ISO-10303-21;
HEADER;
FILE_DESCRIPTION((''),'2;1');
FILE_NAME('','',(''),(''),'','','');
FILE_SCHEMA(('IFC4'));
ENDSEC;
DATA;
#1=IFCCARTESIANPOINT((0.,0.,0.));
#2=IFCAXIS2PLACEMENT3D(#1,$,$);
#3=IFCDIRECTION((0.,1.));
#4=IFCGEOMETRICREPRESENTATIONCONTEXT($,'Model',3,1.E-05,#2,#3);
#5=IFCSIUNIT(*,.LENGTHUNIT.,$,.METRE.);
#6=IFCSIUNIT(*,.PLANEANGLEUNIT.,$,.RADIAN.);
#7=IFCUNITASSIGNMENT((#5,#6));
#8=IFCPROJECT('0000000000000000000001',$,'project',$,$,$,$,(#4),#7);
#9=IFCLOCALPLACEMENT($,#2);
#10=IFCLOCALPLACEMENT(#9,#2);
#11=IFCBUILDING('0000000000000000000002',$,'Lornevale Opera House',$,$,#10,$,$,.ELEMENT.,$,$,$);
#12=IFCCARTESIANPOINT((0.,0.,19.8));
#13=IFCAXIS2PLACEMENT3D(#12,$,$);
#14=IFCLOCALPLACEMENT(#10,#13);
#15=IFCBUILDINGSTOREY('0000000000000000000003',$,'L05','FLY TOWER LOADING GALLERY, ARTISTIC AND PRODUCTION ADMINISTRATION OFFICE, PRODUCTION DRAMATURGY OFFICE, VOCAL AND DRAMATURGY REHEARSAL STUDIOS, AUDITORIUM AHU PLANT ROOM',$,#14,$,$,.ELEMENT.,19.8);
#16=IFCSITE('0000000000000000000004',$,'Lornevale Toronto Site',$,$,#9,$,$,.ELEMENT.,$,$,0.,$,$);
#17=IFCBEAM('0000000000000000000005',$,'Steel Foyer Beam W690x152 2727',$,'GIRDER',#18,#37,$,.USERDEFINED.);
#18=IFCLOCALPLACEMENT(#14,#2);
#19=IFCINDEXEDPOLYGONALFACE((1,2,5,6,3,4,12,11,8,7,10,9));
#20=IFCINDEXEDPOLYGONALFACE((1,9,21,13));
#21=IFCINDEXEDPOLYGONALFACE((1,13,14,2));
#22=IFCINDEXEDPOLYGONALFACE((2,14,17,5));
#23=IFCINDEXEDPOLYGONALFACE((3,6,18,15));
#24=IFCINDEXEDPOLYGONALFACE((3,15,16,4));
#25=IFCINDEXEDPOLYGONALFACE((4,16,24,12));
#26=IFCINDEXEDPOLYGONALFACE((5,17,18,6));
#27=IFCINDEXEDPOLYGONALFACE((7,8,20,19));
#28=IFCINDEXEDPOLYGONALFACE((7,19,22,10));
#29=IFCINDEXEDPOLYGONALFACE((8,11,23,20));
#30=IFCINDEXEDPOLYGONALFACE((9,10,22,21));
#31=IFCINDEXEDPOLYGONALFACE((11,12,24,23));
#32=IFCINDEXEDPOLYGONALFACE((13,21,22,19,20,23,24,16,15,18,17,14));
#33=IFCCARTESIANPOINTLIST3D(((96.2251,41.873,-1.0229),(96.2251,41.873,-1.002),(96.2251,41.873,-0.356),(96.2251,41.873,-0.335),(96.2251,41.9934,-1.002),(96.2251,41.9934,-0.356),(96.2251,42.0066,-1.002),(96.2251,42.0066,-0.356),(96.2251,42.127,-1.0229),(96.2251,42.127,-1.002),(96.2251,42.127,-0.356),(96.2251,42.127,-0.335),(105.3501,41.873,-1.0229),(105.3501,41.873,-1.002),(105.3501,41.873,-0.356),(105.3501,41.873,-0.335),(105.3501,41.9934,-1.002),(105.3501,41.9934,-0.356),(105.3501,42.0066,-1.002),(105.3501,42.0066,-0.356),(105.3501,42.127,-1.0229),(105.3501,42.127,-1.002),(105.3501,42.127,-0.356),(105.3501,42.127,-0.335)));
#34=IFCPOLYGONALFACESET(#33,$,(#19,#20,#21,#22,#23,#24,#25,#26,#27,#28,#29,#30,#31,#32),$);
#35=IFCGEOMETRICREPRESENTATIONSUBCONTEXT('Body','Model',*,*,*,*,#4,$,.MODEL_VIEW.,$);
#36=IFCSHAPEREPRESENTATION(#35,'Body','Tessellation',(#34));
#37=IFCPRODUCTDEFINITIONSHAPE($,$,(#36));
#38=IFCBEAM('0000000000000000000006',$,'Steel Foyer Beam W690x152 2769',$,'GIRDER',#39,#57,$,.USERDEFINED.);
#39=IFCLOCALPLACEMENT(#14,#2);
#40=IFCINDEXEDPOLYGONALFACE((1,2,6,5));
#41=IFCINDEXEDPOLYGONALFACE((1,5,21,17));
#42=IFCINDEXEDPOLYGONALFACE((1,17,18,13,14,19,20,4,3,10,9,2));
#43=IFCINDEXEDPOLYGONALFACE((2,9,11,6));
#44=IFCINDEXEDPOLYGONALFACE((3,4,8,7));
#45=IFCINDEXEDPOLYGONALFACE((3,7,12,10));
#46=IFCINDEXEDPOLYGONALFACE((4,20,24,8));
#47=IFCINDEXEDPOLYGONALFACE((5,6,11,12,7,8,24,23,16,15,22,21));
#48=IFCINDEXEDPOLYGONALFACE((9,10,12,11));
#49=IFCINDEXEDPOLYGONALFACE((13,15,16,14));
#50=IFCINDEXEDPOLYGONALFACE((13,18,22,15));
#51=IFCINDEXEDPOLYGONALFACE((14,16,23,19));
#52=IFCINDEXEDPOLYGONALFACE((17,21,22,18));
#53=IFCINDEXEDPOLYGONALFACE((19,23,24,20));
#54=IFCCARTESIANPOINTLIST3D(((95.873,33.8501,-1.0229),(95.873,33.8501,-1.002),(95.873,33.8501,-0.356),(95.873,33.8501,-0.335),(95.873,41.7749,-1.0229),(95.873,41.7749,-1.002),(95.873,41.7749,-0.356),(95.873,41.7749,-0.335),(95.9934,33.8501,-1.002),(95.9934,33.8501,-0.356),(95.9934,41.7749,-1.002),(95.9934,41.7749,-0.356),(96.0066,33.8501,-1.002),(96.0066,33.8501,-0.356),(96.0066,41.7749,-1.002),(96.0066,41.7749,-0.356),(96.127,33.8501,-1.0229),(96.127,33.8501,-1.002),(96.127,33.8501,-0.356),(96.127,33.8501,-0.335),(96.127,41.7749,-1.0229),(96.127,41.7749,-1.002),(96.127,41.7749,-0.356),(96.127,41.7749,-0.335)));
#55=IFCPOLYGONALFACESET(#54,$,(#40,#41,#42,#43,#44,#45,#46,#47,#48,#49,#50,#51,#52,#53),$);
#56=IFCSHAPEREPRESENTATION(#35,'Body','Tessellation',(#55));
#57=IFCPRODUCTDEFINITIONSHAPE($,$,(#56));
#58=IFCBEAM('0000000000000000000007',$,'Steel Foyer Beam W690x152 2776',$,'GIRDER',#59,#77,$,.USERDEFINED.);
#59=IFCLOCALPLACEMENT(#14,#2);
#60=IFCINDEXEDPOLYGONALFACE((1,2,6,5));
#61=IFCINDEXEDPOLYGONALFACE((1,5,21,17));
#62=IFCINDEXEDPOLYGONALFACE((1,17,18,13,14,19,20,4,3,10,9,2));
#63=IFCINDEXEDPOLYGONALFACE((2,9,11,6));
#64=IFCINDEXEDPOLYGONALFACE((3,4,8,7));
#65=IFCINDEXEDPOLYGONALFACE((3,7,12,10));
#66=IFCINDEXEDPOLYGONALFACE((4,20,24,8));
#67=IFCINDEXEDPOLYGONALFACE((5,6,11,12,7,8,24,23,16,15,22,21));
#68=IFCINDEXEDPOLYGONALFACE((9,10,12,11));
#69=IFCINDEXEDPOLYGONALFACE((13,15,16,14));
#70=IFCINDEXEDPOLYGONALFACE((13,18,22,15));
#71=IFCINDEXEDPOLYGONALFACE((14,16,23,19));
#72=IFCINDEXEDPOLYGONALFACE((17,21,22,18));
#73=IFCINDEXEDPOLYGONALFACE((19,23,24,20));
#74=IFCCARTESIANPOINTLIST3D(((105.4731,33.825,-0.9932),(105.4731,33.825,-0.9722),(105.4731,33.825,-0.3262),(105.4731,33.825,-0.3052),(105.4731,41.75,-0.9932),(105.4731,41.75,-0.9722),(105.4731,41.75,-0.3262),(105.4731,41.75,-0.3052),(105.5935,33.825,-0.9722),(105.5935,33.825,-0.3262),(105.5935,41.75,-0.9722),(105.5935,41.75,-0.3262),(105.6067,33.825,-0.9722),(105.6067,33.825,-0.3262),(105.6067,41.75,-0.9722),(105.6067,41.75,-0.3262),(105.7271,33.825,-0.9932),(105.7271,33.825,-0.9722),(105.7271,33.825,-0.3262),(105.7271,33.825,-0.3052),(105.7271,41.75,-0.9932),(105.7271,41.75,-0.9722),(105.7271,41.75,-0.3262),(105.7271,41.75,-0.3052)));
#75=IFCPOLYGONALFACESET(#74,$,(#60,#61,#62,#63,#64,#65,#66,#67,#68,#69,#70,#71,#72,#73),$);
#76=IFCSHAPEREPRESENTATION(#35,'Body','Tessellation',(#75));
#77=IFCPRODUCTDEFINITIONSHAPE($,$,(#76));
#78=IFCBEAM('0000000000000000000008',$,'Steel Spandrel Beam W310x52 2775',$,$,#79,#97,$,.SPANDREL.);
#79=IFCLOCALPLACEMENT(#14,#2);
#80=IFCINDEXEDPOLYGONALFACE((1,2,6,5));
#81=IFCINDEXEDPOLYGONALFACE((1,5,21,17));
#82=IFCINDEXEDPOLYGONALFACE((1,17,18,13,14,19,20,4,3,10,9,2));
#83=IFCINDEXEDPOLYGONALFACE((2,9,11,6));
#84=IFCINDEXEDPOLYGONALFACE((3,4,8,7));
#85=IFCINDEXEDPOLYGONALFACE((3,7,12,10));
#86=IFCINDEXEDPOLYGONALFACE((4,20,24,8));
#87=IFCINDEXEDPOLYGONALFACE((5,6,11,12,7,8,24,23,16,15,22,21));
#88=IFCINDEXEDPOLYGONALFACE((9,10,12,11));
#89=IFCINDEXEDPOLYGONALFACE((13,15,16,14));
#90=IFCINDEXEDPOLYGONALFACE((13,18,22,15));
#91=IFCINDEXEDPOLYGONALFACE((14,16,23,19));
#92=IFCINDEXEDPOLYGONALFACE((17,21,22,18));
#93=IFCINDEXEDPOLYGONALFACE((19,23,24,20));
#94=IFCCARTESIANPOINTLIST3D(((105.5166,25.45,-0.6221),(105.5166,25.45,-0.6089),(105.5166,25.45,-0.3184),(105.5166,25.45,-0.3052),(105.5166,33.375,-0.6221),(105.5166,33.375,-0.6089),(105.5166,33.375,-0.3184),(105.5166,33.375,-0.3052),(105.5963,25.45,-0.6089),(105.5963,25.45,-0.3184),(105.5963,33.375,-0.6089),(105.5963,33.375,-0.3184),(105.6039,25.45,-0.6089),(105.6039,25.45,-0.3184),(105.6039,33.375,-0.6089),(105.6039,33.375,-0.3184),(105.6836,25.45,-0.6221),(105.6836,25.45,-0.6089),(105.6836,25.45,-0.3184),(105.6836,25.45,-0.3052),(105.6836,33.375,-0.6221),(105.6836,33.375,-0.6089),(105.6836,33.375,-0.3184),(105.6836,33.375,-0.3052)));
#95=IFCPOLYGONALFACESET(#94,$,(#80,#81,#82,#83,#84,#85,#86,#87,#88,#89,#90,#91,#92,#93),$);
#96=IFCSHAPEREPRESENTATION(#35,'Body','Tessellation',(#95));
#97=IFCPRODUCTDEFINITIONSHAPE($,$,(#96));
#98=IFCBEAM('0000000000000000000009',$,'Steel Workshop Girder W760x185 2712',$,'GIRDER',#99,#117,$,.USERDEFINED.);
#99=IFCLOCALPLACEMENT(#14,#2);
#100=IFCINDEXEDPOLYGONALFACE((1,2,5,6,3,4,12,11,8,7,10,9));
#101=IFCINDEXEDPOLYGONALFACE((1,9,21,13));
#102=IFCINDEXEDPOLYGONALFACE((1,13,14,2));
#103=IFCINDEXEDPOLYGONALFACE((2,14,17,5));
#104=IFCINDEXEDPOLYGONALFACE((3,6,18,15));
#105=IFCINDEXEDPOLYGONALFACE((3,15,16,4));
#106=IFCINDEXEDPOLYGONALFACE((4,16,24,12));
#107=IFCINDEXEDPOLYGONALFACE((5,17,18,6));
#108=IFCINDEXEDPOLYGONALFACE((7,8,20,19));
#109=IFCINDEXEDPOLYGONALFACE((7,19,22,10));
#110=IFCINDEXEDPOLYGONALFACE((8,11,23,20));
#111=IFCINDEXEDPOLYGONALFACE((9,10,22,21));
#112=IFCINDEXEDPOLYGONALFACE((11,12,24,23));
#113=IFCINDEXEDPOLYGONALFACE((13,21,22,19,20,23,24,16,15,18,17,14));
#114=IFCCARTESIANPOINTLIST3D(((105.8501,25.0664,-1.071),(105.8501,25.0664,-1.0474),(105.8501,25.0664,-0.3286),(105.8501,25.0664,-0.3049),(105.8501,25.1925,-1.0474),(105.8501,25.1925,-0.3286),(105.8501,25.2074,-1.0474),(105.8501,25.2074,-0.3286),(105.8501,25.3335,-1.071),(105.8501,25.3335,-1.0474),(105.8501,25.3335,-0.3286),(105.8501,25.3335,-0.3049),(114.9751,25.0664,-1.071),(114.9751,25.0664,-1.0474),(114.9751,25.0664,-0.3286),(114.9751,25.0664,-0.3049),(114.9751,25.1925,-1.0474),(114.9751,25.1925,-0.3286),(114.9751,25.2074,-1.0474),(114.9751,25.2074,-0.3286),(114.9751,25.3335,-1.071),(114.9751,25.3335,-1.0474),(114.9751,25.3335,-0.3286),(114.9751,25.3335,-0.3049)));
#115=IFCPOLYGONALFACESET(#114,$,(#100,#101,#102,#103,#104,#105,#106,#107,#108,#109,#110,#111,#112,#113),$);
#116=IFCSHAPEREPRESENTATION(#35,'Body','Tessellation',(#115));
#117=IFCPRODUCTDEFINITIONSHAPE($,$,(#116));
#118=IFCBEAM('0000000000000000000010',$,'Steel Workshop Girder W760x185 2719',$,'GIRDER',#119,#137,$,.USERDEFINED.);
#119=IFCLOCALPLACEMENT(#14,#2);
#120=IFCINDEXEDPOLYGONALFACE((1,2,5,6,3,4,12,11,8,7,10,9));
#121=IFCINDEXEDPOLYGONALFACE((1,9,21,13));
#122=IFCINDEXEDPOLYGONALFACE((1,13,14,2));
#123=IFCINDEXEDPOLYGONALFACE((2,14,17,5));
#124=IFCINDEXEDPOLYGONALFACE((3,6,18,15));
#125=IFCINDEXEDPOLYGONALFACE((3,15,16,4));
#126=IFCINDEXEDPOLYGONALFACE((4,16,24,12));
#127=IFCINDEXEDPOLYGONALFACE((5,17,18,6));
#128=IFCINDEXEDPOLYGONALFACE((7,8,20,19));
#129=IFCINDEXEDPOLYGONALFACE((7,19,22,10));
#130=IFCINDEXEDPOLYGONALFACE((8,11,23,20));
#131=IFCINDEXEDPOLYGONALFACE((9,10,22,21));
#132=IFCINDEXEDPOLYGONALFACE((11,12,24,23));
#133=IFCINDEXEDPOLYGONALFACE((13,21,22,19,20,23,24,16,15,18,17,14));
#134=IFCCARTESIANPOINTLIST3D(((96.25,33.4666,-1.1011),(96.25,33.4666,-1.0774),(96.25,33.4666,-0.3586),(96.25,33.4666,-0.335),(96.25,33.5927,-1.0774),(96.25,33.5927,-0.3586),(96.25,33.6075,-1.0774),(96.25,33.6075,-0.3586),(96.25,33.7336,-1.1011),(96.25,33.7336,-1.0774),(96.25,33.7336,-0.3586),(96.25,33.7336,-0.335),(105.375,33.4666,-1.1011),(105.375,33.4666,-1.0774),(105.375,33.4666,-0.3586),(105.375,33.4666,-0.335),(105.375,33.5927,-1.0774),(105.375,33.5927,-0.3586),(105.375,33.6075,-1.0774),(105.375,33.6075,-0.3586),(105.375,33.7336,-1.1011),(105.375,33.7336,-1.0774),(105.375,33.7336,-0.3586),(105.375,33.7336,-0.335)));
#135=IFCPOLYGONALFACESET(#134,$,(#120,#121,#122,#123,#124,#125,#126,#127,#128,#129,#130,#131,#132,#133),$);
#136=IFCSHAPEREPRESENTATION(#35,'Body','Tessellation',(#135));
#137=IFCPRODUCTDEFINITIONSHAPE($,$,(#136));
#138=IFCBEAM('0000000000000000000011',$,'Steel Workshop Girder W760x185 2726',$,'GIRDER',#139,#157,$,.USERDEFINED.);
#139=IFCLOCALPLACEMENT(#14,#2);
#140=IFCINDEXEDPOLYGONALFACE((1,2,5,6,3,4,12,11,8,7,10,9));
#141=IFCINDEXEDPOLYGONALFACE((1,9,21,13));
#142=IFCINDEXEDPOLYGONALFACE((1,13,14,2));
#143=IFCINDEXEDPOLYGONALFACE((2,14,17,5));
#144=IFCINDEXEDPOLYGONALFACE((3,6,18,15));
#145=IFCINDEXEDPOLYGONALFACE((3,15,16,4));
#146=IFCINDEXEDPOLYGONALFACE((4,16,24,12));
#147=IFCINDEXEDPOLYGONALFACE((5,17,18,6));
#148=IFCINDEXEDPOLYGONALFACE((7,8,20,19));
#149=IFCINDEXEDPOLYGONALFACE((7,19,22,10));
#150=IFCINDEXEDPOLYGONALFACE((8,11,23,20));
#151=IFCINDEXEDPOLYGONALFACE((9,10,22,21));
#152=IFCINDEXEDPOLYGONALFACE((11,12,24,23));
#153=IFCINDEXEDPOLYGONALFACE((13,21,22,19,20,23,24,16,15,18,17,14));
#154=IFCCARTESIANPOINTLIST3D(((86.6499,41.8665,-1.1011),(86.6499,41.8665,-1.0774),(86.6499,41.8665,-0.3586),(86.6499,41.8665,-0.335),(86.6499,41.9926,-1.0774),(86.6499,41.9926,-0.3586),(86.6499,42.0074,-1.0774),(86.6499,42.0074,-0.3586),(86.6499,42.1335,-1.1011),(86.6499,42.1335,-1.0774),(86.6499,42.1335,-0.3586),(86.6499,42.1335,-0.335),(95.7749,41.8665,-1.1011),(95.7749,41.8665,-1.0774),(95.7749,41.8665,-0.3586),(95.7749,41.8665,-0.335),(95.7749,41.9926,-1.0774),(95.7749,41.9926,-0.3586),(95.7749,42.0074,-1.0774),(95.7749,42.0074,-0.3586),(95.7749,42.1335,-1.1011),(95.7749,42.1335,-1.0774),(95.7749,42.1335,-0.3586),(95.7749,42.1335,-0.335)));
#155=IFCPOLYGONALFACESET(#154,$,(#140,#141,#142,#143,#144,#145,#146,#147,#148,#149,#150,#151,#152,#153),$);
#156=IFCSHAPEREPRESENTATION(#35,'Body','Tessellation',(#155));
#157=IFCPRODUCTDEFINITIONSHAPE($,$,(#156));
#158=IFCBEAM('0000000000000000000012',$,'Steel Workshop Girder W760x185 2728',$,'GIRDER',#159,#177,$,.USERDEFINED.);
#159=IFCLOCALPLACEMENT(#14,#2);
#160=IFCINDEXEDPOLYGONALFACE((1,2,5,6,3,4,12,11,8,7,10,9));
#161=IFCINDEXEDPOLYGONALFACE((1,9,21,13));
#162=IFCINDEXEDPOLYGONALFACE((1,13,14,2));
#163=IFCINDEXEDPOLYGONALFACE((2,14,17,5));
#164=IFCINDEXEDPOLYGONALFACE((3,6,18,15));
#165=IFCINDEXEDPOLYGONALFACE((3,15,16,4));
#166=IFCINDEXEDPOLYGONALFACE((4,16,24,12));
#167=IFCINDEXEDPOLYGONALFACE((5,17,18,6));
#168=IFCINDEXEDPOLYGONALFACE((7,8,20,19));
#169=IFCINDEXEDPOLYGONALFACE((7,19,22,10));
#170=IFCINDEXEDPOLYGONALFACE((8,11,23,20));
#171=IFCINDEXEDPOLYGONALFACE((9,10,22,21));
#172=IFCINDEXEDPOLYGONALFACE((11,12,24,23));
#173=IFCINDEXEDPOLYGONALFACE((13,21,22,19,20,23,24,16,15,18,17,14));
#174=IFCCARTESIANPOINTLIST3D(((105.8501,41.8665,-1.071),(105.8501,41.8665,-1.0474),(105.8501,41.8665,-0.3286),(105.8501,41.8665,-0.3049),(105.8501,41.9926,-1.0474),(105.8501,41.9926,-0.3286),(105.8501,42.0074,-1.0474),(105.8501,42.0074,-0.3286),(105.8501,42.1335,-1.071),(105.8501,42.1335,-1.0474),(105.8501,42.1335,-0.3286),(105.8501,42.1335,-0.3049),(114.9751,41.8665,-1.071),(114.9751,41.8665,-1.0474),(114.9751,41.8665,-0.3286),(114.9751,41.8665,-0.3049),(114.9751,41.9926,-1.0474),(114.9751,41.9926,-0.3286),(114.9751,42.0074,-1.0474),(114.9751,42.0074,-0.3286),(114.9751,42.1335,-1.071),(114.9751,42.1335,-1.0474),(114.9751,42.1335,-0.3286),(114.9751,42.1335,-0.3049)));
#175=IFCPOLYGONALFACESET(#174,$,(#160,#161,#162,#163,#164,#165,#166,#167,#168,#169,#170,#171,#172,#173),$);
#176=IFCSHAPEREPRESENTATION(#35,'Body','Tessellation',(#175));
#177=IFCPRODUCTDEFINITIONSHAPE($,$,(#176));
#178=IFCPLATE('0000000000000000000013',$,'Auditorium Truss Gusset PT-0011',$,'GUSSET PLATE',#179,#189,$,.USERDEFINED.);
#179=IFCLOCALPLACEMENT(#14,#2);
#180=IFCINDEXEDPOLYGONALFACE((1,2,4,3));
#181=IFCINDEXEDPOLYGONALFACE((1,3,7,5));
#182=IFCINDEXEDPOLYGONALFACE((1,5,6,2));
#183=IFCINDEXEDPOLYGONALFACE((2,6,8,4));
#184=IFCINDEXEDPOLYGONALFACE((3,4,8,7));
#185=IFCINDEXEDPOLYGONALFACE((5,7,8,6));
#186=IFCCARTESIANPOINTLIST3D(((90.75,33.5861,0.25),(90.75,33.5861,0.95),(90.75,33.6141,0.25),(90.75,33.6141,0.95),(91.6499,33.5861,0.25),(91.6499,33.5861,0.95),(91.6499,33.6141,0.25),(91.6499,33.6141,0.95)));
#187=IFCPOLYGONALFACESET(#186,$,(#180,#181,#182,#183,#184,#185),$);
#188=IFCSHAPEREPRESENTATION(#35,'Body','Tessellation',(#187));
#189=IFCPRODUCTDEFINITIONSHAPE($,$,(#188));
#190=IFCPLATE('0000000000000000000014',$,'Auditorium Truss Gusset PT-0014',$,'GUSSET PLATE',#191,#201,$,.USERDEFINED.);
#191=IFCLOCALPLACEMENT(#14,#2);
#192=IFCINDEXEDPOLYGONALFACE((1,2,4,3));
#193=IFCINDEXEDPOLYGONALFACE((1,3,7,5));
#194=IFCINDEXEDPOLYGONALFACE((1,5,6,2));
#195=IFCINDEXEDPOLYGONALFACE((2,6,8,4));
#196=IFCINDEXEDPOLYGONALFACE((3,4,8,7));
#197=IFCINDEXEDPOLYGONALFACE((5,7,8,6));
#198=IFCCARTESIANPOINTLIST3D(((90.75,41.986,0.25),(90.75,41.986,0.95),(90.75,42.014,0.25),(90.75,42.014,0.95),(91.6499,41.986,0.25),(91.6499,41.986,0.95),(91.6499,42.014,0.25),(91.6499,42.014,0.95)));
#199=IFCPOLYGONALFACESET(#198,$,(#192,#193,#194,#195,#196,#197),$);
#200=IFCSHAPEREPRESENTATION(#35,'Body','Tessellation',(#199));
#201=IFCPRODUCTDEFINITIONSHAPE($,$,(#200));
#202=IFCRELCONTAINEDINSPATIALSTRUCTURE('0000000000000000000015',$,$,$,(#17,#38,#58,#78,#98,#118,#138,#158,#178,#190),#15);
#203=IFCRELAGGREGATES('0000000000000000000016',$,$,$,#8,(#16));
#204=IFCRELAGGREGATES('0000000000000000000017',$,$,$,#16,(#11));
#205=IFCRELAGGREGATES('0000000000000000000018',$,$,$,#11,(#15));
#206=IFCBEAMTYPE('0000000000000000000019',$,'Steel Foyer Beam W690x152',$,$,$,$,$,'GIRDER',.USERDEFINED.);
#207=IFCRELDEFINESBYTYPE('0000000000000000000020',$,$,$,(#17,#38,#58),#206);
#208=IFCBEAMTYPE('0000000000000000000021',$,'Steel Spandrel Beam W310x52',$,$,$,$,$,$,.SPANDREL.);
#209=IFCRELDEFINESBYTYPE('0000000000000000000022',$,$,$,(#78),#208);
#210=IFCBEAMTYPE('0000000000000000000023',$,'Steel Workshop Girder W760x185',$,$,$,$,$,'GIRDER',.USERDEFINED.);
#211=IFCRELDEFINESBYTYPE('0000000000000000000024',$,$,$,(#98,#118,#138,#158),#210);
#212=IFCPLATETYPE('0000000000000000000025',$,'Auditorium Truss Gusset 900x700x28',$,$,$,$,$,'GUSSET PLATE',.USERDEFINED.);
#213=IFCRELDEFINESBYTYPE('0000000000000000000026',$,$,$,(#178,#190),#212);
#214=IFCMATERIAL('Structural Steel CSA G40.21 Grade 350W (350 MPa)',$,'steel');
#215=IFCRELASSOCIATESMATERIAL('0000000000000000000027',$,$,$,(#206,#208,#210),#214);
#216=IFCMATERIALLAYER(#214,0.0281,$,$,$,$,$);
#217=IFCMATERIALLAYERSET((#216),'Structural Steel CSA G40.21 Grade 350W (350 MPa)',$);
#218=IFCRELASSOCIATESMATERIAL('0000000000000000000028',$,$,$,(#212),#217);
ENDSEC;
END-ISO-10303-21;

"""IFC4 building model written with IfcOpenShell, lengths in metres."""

from ifc_helpers import new_model, si_unit, direction, frame, origin, origin_2d, place, context, subcontext, project, spatial, rectangle, i_section, extrude, material, layer, layer_set, material_profile, profile_set, type_object, element, save


model = new_model("IFC4")

# Units and contexts
model_context = context("Model", 3, precision=1e-05, world=origin(), true_north=direction((0.0, 1.0)))
body_context = subcontext(model_context, "Body", "Model", "MODEL_VIEW")
ifc_project = project(units=[si_unit("LENGTHUNIT", "METRE"), si_unit("PLANEANGLEUNIT", "RADIAN")], contexts=[model_context])

# Site, building, storey
site_placement = place(None, origin())
site = spatial("IfcSite", under=ifc_project, at=site_placement, Name="Lornevale Toronto Site", CompositionType="ELEMENT", RefElevation=0.0)
building_placement = place(site_placement, origin())
building = spatial("IfcBuilding", under=site, at=building_placement, Name="Lornevale Opera House", CompositionType="ELEMENT")
storey_placement = place(building_placement, frame((0.0, 0.0, 19.8)))
storey = spatial("IfcBuildingStorey", under=building, at=storey_placement, Name="L05", Description="FLY TOWER LOADING GALLERY, ARTISTIC AND PRODUCTION ADMINISTRATION OFFICE, PRODUCTION DRAMATURGY OFFICE, VOCAL AND DRAMATURGY REHEARSAL STUDIOS, AUDITORIUM AHU PLANT ROOM", CompositionType="ELEMENT", Elevation=19.8)

# Shared definitions
ifc_material_1 = material(Name="Structural Steel CSA G40.21 Grade 350W (350 MPa)", Category="steel")

# Beams
ifc_material_profile_1 = material_profile(ifc_material_1, i_section(OverallWidth=0.2539, OverallDepth=0.688, WebThickness=0.0132, FlangeThickness=0.021, at=origin_2d()), Name="W690x152")
ifc_profile_set_1 = profile_set([ifc_material_profile_1], Name="Structural Steel CSA G40.21 Grade 350W (350 MPa)")
beam_type_1 = type_object("IfcBeamType", Name="Steel Foyer Beam W690x152", ElementType="GIRDER", PredefinedType="USERDEFINED", material=ifc_profile_set_1)
for number, where, z_axis, x_axis, name in (
    (1, (96.2251, 42.0, -0.679), (1.0, 0.0, 0.0), (0.0, 1.0, 0.0), "Steel Foyer Beam W690x152 2727"),
):
    element("IfcBeam", number, at=place(storey_placement, frame(where, z_axis=z_axis, x_axis=x_axis)), inside=storey, type_object=beam_type_1, Name=name, ObjectType="GIRDER", PredefinedType="USERDEFINED", context=body_context, shape_type="SweptSolid", body=[
        extrude(i_section(OverallWidth=0.2539, OverallDepth=0.688, WebThickness=0.0132, FlangeThickness=0.021, at=origin_2d()), origin(), (0.0, 0.0, 1.0), 9.125),
    ])
beam_1_placement = place(storey_placement, frame((96.0, 33.8501, -0.679), z_axis=(0.0, 1.0, 0.0), x_axis=(-1.0, 0.0, 0.0)))
element("IfcBeam", 2, at=beam_1_placement, inside=storey, type_object=beam_type_1, Name="Steel Foyer Beam W690x152 2769", ObjectType="GIRDER", PredefinedType="USERDEFINED", context=body_context, shape_type="SweptSolid", body=[
    extrude(i_section(OverallWidth=0.2539, OverallDepth=0.688, WebThickness=0.0132, FlangeThickness=0.021, at=origin_2d()), origin(), (0.0, 0.0, 1.0), 7.9248),
])
beam_2_placement = place(storey_placement, frame((105.6001, 33.825, -0.6492), z_axis=(0.0, 1.0, 0.0), x_axis=(-1.0, 0.0, 0.0)))
element("IfcBeam", 3, at=beam_2_placement, inside=storey, type_object=beam_type_1, Name="Steel Foyer Beam W690x152 2776", ObjectType="GIRDER", PredefinedType="USERDEFINED", context=body_context, shape_type="SweptSolid", body=[
    extrude(i_section(OverallWidth=0.2539, OverallDepth=0.688, WebThickness=0.0132, FlangeThickness=0.021, at=origin_2d()), origin(), (0.0, 0.0, 1.0), 7.925),
])
ifc_material_profile_2 = material_profile(ifc_material_1, i_section(OverallWidth=0.167, OverallDepth=0.3169, WebThickness=0.0076, FlangeThickness=0.0132, at=origin_2d()), Name="W310x52")
ifc_profile_set_2 = profile_set([ifc_material_profile_2], Name="Structural Steel CSA G40.21 Grade 350W (350 MPa)")
beam_type_2 = type_object("IfcBeamType", Name="Steel Spandrel Beam W310x52", PredefinedType="SPANDREL", material=ifc_profile_set_2)
beam_3_placement = place(storey_placement, frame((105.6001, 25.45, -0.4636), z_axis=(0.0, 1.0, 0.0), x_axis=(-1.0, 0.0, 0.0)))
element("IfcBeam", 4, at=beam_3_placement, inside=storey, type_object=beam_type_2, Name="Steel Spandrel Beam W310x52 2775", PredefinedType="SPANDREL", context=body_context, shape_type="SweptSolid", body=[
    extrude(i_section(OverallWidth=0.167, OverallDepth=0.3169, WebThickness=0.0076, FlangeThickness=0.0132, at=origin_2d()), origin(), (0.0, 0.0, 1.0), 7.925),
])
ifc_material_profile_3 = material_profile(ifc_material_1, i_section(OverallWidth=0.2671, OverallDepth=0.7661, WebThickness=0.0149, FlangeThickness=0.0237, at=origin_2d()), Name="W760x185")
ifc_profile_set_3 = profile_set([ifc_material_profile_3], Name="Structural Steel CSA G40.21 Grade 350W (350 MPa)")
beam_type_3 = type_object("IfcBeamType", Name="Steel Workshop Girder W760x185", ElementType="GIRDER", PredefinedType="USERDEFINED", material=ifc_profile_set_3)
for number, where, z_axis, x_axis, name in (
    (5, (105.8501, 25.2, -0.688), (1.0, 0.0, 0.0), (0.0, 1.0, 0.0), "Steel Workshop Girder W760x185 2712"),
    (6, (96.25, 33.6001, -0.718), (1.0, 0.0, 0.0), (0.0, 1.0, 0.0), "Steel Workshop Girder W760x185 2719"),
    (7, (86.6499, 42.0, -0.718), (1.0, 0.0, 0.0), (0.0, 1.0, 0.0), "Steel Workshop Girder W760x185 2726"),
    (8, (105.8501, 42.0, -0.688), (1.0, 0.0, 0.0), (0.0, 1.0, 0.0), "Steel Workshop Girder W760x185 2728"),
):
    element("IfcBeam", number, at=place(storey_placement, frame(where, z_axis=z_axis, x_axis=x_axis)), inside=storey, type_object=beam_type_3, Name=name, ObjectType="GIRDER", PredefinedType="USERDEFINED", context=body_context, shape_type="SweptSolid", body=[
        extrude(i_section(OverallWidth=0.2671, OverallDepth=0.7661, WebThickness=0.0149, FlangeThickness=0.0237, at=origin_2d()), origin(), (0.0, 0.0, 1.0), 9.125),
    ])

# Plates
ifc_layer_1 = layer(ifc_material_1, 0.0281)
ifc_layer_set_1 = layer_set([ifc_layer_1], Name="Structural Steel CSA G40.21 Grade 350W (350 MPa)")
plate_type = type_object("IfcPlateType", Name="Auditorium Truss Gusset 900x700x28", ElementType="GUSSET PLATE", PredefinedType="USERDEFINED", material=ifc_layer_set_1)
for number, where, z_axis, x_axis, name in (
    (9, (91.2, 33.6001, 0.25), (0.0, 0.0, 1.0), (1.0, 0.0, 0.0), "Auditorium Truss Gusset PT-0011"),
    (10, (91.2, 42.0, 0.25), (0.0, 0.0, 1.0), (1.0, 0.0, 0.0), "Auditorium Truss Gusset PT-0014"),
):
    element("IfcPlate", number, at=place(storey_placement, frame(where, z_axis=z_axis, x_axis=x_axis)), inside=storey, type_object=plate_type, Name=name, ObjectType="GUSSET PLATE", PredefinedType="USERDEFINED", context=body_context, shape_type="SweptSolid", body=[
        extrude(rectangle(XDim=0.8999, YDim=0.0281, at=origin_2d()), origin(), (0.0, 0.0, 1.0), 0.7),
    ])

save(model, "model.ifc")
